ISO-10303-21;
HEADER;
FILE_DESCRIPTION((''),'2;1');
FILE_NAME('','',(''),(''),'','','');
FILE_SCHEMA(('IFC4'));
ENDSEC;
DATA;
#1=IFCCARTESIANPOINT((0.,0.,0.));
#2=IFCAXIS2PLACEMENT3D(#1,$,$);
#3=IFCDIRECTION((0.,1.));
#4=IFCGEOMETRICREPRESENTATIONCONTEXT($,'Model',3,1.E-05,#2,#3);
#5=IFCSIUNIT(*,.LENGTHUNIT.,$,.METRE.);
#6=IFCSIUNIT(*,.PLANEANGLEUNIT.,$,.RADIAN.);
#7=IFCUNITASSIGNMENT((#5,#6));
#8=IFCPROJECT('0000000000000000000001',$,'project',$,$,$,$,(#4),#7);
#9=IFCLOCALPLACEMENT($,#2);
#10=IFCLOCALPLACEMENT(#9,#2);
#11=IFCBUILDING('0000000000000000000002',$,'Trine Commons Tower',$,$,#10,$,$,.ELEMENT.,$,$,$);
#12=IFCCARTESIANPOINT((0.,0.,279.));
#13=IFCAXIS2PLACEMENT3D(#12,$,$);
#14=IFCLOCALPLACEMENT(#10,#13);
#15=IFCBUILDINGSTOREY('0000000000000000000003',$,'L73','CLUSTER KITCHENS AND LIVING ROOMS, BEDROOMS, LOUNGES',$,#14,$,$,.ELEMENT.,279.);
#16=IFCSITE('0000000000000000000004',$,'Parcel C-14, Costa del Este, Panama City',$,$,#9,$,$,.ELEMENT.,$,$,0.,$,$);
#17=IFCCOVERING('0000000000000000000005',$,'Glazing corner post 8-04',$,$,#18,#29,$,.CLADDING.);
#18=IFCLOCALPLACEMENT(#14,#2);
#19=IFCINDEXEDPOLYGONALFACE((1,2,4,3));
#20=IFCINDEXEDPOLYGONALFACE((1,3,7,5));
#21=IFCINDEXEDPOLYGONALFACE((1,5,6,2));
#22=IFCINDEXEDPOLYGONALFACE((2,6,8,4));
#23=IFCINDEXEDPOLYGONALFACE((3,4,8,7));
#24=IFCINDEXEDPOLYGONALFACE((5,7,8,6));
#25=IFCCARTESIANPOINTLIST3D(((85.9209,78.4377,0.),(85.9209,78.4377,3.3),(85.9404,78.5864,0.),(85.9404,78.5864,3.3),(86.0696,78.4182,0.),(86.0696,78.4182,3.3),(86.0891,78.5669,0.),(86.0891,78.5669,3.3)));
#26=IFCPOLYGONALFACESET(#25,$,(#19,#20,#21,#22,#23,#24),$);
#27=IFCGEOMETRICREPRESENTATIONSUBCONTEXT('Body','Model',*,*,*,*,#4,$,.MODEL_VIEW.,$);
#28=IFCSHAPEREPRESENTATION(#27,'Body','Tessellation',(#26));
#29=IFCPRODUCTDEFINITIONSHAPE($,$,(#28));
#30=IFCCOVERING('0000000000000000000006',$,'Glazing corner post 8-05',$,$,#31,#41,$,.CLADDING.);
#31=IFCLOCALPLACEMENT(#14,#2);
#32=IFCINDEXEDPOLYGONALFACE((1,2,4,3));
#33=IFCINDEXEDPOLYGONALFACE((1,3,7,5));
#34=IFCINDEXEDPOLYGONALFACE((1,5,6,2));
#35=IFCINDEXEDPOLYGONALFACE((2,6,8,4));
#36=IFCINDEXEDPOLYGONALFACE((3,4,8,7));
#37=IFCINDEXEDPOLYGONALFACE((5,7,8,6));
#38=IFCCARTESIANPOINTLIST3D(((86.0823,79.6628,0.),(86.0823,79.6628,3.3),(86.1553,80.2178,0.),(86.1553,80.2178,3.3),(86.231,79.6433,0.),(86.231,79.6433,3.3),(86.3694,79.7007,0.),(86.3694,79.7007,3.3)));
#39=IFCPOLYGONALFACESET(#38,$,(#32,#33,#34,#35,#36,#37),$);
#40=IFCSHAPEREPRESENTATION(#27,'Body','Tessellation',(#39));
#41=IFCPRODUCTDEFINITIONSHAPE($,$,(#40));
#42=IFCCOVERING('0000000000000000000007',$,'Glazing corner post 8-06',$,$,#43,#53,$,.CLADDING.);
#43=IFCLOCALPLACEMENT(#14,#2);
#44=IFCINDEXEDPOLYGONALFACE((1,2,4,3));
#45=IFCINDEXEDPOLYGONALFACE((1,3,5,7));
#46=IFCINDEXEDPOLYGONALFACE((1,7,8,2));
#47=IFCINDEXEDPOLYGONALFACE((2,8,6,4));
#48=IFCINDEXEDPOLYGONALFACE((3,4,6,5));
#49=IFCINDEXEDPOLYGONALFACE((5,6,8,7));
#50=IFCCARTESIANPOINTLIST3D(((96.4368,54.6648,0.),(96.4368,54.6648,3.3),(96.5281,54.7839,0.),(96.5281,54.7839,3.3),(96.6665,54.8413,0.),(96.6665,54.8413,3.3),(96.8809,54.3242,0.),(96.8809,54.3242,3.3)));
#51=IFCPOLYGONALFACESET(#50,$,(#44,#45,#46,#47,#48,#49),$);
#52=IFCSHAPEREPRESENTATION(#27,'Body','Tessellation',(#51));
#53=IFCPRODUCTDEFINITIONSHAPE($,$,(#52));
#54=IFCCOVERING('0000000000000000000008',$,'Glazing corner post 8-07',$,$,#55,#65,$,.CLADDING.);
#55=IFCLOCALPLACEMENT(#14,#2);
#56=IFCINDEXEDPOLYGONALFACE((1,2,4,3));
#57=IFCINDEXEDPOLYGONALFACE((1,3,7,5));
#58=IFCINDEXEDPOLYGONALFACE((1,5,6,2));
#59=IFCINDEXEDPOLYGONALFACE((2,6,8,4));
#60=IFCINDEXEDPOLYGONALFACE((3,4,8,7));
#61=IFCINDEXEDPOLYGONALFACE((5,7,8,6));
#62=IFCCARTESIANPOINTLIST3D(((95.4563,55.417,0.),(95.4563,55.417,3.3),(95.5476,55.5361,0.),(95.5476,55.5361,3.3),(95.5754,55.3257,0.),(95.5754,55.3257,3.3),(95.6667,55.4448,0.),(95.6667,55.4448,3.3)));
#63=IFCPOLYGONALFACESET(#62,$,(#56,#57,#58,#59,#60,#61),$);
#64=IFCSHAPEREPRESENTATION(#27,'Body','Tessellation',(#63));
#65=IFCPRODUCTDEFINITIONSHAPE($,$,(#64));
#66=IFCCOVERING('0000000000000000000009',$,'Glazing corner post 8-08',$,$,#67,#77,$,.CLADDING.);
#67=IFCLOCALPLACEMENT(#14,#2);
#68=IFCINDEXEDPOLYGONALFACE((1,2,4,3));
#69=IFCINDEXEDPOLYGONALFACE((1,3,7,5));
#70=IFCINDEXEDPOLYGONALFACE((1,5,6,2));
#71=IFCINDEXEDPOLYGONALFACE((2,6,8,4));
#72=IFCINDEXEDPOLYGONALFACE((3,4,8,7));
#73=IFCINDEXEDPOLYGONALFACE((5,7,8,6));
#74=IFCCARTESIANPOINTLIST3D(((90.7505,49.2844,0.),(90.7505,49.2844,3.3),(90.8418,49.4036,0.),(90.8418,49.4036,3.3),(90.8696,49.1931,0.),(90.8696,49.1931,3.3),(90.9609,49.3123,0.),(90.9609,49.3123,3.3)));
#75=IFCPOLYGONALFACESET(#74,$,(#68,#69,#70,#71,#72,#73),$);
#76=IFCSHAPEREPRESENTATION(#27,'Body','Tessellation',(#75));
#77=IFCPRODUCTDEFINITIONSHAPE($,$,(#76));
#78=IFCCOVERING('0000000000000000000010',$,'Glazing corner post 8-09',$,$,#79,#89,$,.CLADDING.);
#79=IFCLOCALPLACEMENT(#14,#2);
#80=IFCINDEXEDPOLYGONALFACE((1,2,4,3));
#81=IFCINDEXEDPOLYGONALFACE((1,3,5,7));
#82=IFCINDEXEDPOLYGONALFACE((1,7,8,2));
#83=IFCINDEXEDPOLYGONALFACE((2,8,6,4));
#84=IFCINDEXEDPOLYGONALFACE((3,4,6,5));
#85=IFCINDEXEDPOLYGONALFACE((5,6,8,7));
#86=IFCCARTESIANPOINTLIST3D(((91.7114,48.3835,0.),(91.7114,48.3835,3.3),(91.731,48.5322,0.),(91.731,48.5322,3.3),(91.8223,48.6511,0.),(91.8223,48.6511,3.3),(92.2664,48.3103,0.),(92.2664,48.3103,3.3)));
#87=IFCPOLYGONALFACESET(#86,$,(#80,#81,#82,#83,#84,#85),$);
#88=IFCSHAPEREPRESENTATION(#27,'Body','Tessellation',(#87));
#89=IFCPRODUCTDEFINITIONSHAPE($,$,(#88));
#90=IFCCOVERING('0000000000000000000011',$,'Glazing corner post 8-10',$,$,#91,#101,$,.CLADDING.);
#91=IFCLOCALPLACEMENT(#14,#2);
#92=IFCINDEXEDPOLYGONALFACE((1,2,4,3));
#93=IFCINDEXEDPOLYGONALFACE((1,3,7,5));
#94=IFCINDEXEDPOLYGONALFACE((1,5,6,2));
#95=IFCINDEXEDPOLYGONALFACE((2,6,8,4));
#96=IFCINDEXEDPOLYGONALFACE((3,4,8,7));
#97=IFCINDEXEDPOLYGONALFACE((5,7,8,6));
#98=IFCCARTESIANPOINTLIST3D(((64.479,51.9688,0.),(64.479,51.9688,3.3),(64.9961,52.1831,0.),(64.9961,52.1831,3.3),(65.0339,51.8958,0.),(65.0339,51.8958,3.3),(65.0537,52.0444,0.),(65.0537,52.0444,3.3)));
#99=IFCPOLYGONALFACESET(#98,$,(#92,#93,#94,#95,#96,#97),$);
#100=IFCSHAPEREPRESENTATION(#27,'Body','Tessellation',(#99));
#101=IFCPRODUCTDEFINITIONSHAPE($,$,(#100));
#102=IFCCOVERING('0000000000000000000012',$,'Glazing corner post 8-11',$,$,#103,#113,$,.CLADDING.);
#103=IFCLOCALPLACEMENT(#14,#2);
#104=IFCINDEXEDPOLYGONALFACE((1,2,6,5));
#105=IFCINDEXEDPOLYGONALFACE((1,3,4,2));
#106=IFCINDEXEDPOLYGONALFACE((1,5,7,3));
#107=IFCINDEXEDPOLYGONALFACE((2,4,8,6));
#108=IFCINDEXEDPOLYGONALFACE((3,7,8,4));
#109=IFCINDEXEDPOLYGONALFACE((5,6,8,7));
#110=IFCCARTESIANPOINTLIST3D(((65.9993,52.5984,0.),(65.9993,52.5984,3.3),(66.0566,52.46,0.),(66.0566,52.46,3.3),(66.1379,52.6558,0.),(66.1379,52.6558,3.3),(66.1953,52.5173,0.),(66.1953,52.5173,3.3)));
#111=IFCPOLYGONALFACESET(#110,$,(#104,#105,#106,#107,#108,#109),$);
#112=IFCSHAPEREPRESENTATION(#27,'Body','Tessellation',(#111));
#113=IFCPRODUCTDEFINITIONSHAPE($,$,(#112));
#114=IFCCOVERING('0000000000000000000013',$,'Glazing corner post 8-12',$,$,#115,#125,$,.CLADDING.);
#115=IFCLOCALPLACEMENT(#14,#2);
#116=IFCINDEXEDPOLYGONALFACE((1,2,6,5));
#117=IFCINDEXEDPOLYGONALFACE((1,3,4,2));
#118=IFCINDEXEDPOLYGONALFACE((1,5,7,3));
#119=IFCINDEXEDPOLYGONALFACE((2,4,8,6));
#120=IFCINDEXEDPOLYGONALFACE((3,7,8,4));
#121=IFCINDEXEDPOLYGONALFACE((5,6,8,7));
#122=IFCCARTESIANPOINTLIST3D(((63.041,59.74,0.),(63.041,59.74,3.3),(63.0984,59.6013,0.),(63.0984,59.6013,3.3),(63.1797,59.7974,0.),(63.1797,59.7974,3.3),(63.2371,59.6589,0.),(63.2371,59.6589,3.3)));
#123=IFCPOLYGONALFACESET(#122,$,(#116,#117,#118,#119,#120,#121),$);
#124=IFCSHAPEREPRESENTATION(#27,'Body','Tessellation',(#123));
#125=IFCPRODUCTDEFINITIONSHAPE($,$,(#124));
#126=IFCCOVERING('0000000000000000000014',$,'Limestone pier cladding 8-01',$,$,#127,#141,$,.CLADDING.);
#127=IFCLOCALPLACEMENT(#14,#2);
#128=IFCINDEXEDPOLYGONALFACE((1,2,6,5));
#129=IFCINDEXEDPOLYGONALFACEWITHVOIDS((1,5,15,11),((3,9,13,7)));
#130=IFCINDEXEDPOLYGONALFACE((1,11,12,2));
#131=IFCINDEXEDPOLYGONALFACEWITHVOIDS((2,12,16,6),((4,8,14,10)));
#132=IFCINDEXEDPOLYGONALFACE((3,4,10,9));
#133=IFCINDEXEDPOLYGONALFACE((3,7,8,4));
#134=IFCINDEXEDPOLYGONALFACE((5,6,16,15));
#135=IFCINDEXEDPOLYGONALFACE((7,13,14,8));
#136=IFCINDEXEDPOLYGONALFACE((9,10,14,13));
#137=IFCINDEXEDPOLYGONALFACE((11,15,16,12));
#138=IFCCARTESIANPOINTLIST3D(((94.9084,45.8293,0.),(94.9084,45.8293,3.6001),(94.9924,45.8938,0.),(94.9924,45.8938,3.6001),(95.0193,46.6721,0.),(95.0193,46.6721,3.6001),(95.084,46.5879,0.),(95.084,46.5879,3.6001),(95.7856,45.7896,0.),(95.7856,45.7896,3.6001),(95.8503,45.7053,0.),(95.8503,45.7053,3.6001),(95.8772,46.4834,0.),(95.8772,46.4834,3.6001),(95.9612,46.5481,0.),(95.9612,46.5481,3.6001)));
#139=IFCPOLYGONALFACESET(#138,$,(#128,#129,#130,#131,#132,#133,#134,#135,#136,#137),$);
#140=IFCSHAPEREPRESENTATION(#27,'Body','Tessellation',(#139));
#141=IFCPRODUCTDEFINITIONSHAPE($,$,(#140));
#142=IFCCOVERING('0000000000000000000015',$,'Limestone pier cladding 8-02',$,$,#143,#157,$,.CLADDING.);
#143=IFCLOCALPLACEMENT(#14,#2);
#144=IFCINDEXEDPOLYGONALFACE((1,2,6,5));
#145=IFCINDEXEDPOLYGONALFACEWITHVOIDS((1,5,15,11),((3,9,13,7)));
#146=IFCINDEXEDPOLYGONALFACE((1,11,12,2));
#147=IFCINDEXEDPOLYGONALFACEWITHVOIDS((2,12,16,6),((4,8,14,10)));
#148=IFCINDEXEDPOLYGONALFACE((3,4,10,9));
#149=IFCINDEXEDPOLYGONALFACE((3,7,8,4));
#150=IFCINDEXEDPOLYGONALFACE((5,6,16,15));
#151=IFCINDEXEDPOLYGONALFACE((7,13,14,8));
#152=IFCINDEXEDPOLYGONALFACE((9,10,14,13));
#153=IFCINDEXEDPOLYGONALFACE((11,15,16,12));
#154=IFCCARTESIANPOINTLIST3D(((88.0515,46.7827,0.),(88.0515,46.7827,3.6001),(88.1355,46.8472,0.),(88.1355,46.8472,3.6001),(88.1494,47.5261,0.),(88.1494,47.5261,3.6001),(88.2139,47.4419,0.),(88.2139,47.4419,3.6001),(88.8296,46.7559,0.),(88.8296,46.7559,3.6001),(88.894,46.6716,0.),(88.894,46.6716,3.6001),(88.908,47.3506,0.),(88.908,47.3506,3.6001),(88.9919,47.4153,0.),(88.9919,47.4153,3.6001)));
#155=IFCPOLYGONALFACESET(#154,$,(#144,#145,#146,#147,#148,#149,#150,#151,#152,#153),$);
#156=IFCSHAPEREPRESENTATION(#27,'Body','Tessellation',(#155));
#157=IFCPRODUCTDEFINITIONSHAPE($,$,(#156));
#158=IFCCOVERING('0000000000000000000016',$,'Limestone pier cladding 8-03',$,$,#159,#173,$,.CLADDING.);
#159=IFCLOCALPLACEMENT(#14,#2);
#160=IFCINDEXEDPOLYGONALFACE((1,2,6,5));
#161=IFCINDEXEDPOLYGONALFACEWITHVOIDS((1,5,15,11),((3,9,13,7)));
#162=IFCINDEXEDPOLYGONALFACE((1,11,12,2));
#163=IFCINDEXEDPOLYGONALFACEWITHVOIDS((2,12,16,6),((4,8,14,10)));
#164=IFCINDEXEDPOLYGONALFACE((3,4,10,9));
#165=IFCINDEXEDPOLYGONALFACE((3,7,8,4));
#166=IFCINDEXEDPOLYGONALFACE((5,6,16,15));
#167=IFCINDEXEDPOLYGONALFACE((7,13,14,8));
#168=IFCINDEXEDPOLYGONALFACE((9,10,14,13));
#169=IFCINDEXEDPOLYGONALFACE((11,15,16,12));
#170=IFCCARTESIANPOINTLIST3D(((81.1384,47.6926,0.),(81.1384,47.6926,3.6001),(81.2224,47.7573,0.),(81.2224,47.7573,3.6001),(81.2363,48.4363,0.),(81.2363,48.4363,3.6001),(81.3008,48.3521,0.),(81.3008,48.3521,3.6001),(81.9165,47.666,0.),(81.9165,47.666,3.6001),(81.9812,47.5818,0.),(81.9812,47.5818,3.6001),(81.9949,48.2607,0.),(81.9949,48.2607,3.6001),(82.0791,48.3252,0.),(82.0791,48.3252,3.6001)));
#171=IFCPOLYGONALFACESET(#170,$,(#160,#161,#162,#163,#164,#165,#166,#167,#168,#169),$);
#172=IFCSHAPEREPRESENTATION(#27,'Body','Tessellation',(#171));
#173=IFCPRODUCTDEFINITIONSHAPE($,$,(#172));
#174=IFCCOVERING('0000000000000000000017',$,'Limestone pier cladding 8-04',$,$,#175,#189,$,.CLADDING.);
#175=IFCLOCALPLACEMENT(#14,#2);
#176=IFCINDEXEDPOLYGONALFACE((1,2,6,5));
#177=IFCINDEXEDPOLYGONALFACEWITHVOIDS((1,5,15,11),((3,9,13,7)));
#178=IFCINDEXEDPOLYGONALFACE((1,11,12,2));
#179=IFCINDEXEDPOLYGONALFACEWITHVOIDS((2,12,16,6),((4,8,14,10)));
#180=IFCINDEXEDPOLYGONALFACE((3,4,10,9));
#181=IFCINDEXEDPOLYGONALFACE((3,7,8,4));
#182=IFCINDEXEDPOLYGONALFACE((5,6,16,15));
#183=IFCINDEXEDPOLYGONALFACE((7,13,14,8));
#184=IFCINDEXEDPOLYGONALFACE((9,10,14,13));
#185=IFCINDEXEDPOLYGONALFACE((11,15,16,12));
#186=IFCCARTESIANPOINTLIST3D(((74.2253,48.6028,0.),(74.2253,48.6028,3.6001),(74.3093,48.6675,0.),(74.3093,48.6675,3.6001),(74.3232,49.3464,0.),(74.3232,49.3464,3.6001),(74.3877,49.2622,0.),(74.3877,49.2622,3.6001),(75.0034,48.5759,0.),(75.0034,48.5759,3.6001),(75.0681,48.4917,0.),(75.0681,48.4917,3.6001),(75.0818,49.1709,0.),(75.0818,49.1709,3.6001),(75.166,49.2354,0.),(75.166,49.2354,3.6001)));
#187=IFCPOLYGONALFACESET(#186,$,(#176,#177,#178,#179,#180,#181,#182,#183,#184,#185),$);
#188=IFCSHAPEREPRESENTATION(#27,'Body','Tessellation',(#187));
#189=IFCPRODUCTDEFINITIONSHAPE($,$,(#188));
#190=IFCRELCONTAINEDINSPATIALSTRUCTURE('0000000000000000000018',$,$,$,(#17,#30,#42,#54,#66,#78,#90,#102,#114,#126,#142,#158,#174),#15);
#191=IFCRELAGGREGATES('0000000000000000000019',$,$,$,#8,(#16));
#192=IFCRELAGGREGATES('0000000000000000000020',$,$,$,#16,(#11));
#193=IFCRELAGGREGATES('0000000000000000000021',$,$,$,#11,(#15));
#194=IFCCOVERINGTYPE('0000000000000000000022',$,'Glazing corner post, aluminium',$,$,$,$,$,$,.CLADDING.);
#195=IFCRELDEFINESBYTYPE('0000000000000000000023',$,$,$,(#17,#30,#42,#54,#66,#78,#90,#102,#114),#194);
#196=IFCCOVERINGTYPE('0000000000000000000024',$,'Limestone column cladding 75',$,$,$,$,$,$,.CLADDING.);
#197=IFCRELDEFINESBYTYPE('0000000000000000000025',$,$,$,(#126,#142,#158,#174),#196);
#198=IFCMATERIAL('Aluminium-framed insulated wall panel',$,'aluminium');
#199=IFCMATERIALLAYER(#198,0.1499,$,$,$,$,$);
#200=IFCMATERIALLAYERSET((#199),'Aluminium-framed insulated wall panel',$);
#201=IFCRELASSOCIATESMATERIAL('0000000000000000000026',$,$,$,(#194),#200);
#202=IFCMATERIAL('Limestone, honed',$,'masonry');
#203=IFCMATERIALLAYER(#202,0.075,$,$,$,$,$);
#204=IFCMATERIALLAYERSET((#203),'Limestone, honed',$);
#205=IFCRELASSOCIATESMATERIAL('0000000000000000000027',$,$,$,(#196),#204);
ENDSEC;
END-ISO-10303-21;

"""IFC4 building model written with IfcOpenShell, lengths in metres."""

from ifc_helpers import new_model, si_unit, direction, frame, origin, place, context, subcontext, project, spatial, polyline, outline, extrude, material, layer, layer_set, type_object, element, save


model = new_model("IFC4")

# Units and contexts
model_context = context("Model", 3, precision=1e-05, world=origin(), true_north=direction((0.0, 1.0)))
body_context = subcontext(model_context, "Body", "Model", "MODEL_VIEW")
ifc_project = project(units=[si_unit("LENGTHUNIT", "METRE"), si_unit("PLANEANGLEUNIT", "RADIAN")], contexts=[model_context])

# Site, building, storey
site_placement = place(None, origin())
site = spatial("IfcSite", under=ifc_project, at=site_placement, Name="Parcel C-14, Costa del Este, Panama City", CompositionType="ELEMENT", RefElevation=0.0)
building_placement = place(site_placement, origin())
building = spatial("IfcBuilding", under=site, at=building_placement, Name="Trine Commons Tower", CompositionType="ELEMENT")
storey_placement = place(building_placement, frame((0.0, 0.0, 279.0)))
storey = spatial("IfcBuildingStorey", under=building, at=storey_placement, Name="L73", Description="CLUSTER KITCHENS AND LIVING ROOMS, BEDROOMS, LOUNGES", CompositionType="ELEMENT", Elevation=279.0)

# Coverings
ifc_material_1 = material(Name="Aluminium-framed insulated wall panel", Category="aluminium")
ifc_layer_1 = layer(ifc_material_1, 0.1499)
ifc_layer_set_1 = layer_set([ifc_layer_1], Name="Aluminium-framed insulated wall panel")
covering_type_1 = type_object("IfcCoveringType", Name="Glazing corner post, aluminium", PredefinedType="CLADDING", material=ifc_layer_set_1)
covering_1_placement = place(storey_placement, origin())
element("IfcCovering", 1, at=covering_1_placement, inside=storey, type_object=covering_type_1, Name="Glazing corner post 8-04", PredefinedType="CLADDING", context=body_context, shape_type="SweptSolid", body=[
    extrude(outline(polyline([(85.9209, 78.4377), (86.0696, 78.4182), (86.0891, 78.5669), (85.9404, 78.5864), (85.9209, 78.4377)])), origin(), (0.0, 0.0, 1.0), 3.3),
])
covering_2_placement = place(storey_placement, origin())
element("IfcCovering", 2, at=covering_2_placement, inside=storey, type_object=covering_type_1, Name="Glazing corner post 8-05", PredefinedType="CLADDING", context=body_context, shape_type="SweptSolid", body=[
    extrude(outline(polyline([(86.0823, 79.6628), (86.231, 79.6433), (86.3694, 79.7007), (86.1553, 80.2178), (86.0823, 79.6628)])), origin(), (0.0, 0.0, 1.0), 3.3),
])
covering_3_placement = place(storey_placement, origin())
element("IfcCovering", 3, at=covering_3_placement, inside=storey, type_object=covering_type_1, Name="Glazing corner post 8-06", PredefinedType="CLADDING", context=body_context, shape_type="SweptSolid", body=[
    extrude(outline(polyline([(96.4368, 54.6648), (96.8809, 54.3242), (96.6665, 54.8413), (96.5281, 54.7839), (96.4368, 54.6648)])), origin(), (0.0, 0.0, 1.0), 3.3),
])
covering_4_placement = place(storey_placement, origin())
element("IfcCovering", 4, at=covering_4_placement, inside=storey, type_object=covering_type_1, Name="Glazing corner post 8-07", PredefinedType="CLADDING", context=body_context, shape_type="SweptSolid", body=[
    extrude(outline(polyline([(95.4563, 55.417), (95.5754, 55.3257), (95.6667, 55.4448), (95.5476, 55.5361), (95.4563, 55.417)])), origin(), (0.0, 0.0, 1.0), 3.3),
])
covering_5_placement = place(storey_placement, origin())
element("IfcCovering", 5, at=covering_5_placement, inside=storey, type_object=covering_type_1, Name="Glazing corner post 8-08", PredefinedType="CLADDING", context=body_context, shape_type="SweptSolid", body=[
    extrude(outline(polyline([(90.8696, 49.1931), (90.9609, 49.3123), (90.8418, 49.4036), (90.7505, 49.2844), (90.8696, 49.1931)])), origin(), (0.0, 0.0, 1.0), 3.3),
])
covering_6_placement = place(storey_placement, origin())
element("IfcCovering", 6, at=covering_6_placement, inside=storey, type_object=covering_type_1, Name="Glazing corner post 8-09", PredefinedType="CLADDING", context=body_context, shape_type="SweptSolid", body=[
    extrude(outline(polyline([(91.7114, 48.3835), (92.2664, 48.3103), (91.8223, 48.6511), (91.731, 48.5322), (91.7114, 48.3835)])), origin(), (0.0, 0.0, 1.0), 3.3),
])
covering_7_placement = place(storey_placement, origin())
element("IfcCovering", 7, at=covering_7_placement, inside=storey, type_object=covering_type_1, Name="Glazing corner post 8-10", PredefinedType="CLADDING", context=body_context, shape_type="SweptSolid", body=[
    extrude(outline(polyline([(65.0339, 51.8958), (65.0537, 52.0444), (64.9961, 52.1831), (64.479, 51.9688), (65.0339, 51.8958)])), origin(), (0.0, 0.0, 1.0), 3.3),
])
covering_8_placement = place(storey_placement, origin())
element("IfcCovering", 8, at=covering_8_placement, inside=storey, type_object=covering_type_1, Name="Glazing corner post 8-11", PredefinedType="CLADDING", context=body_context, shape_type="SweptSolid", body=[
    extrude(outline(polyline([(66.0566, 52.46), (66.1953, 52.5173), (66.1379, 52.6558), (65.9993, 52.5984), (66.0566, 52.46)])), origin(), (0.0, 0.0, 1.0), 3.3),
])
covering_9_placement = place(storey_placement, origin())
element("IfcCovering", 9, at=covering_9_placement, inside=storey, type_object=covering_type_1, Name="Glazing corner post 8-12", PredefinedType="CLADDING", context=body_context, shape_type="SweptSolid", body=[
    extrude(outline(polyline([(63.041, 59.74), (63.0984, 59.6013), (63.2371, 59.6589), (63.1797, 59.7974), (63.041, 59.74)])), origin(), (0.0, 0.0, 1.0), 3.3),
])
ifc_material_2 = material(Name="Limestone, honed", Category="masonry")
ifc_layer_2 = layer(ifc_material_2, 0.075)
ifc_layer_set_2 = layer_set([ifc_layer_2], Name="Limestone, honed")
covering_type_2 = type_object("IfcCoveringType", Name="Limestone column cladding 75", PredefinedType="CLADDING", material=ifc_layer_set_2)
covering_10_placement = place(storey_placement, origin())
element("IfcCovering", 10, at=covering_10_placement, inside=storey, type_object=covering_type_2, Name="Limestone pier cladding 8-01", PredefinedType="CLADDING", context=body_context, shape_type="SweptSolid", body=[
    extrude(outline(polyline([(95.0193, 46.6721), (94.9084, 45.8293), (95.8503, 45.7053), (95.9612, 46.5481), (95.0193, 46.6721)]), holes=[polyline([(95.084, 46.5879), (94.9924, 45.8938), (95.7856, 45.7896), (95.8772, 46.4834), (95.084, 46.5879)])]), origin(), (0.0, 0.0, 1.0), 3.6001),
])
covering_11_placement = place(storey_placement, origin())
element("IfcCovering", 11, at=covering_11_placement, inside=storey, type_object=covering_type_2, Name="Limestone pier cladding 8-02", PredefinedType="CLADDING", context=body_context, shape_type="SweptSolid", body=[
    extrude(outline(polyline([(88.1494, 47.5261), (88.0515, 46.7827), (88.894, 46.6716), (88.9919, 47.4153), (88.1494, 47.5261)]), holes=[polyline([(88.2139, 47.4419), (88.1355, 46.8472), (88.8296, 46.7559), (88.908, 47.3506), (88.2139, 47.4419)])]), origin(), (0.0, 0.0, 1.0), 3.6001),
])
covering_12_placement = place(storey_placement, origin())
element("IfcCovering", 12, at=covering_12_placement, inside=storey, type_object=covering_type_2, Name="Limestone pier cladding 8-03", PredefinedType="CLADDING", context=body_context, shape_type="SweptSolid", body=[
    extrude(outline(polyline([(81.2363, 48.4363), (81.1384, 47.6926), (81.9812, 47.5818), (82.0791, 48.3252), (81.2363, 48.4363)]), holes=[polyline([(81.3008, 48.3521), (81.2224, 47.7573), (81.9165, 47.666), (81.9949, 48.2607), (81.3008, 48.3521)])]), origin(), (0.0, 0.0, 1.0), 3.6001),
])
covering_13_placement = place(storey_placement, origin())
element("IfcCovering", 13, at=covering_13_placement, inside=storey, type_object=covering_type_2, Name="Limestone pier cladding 8-04", PredefinedType="CLADDING", context=body_context, shape_type="SweptSolid", body=[
    extrude(outline(polyline([(74.3232, 49.3464), (74.2253, 48.6028), (75.0681, 48.4917), (75.166, 49.2354), (74.3232, 49.3464)]), holes=[polyline([(74.3877, 49.2622), (74.3093, 48.6675), (75.0034, 48.5759), (75.0818, 49.1709), (74.3877, 49.2622)])]), origin(), (0.0, 0.0, 1.0), 3.6001),
])

save(model, "model.ifc")
